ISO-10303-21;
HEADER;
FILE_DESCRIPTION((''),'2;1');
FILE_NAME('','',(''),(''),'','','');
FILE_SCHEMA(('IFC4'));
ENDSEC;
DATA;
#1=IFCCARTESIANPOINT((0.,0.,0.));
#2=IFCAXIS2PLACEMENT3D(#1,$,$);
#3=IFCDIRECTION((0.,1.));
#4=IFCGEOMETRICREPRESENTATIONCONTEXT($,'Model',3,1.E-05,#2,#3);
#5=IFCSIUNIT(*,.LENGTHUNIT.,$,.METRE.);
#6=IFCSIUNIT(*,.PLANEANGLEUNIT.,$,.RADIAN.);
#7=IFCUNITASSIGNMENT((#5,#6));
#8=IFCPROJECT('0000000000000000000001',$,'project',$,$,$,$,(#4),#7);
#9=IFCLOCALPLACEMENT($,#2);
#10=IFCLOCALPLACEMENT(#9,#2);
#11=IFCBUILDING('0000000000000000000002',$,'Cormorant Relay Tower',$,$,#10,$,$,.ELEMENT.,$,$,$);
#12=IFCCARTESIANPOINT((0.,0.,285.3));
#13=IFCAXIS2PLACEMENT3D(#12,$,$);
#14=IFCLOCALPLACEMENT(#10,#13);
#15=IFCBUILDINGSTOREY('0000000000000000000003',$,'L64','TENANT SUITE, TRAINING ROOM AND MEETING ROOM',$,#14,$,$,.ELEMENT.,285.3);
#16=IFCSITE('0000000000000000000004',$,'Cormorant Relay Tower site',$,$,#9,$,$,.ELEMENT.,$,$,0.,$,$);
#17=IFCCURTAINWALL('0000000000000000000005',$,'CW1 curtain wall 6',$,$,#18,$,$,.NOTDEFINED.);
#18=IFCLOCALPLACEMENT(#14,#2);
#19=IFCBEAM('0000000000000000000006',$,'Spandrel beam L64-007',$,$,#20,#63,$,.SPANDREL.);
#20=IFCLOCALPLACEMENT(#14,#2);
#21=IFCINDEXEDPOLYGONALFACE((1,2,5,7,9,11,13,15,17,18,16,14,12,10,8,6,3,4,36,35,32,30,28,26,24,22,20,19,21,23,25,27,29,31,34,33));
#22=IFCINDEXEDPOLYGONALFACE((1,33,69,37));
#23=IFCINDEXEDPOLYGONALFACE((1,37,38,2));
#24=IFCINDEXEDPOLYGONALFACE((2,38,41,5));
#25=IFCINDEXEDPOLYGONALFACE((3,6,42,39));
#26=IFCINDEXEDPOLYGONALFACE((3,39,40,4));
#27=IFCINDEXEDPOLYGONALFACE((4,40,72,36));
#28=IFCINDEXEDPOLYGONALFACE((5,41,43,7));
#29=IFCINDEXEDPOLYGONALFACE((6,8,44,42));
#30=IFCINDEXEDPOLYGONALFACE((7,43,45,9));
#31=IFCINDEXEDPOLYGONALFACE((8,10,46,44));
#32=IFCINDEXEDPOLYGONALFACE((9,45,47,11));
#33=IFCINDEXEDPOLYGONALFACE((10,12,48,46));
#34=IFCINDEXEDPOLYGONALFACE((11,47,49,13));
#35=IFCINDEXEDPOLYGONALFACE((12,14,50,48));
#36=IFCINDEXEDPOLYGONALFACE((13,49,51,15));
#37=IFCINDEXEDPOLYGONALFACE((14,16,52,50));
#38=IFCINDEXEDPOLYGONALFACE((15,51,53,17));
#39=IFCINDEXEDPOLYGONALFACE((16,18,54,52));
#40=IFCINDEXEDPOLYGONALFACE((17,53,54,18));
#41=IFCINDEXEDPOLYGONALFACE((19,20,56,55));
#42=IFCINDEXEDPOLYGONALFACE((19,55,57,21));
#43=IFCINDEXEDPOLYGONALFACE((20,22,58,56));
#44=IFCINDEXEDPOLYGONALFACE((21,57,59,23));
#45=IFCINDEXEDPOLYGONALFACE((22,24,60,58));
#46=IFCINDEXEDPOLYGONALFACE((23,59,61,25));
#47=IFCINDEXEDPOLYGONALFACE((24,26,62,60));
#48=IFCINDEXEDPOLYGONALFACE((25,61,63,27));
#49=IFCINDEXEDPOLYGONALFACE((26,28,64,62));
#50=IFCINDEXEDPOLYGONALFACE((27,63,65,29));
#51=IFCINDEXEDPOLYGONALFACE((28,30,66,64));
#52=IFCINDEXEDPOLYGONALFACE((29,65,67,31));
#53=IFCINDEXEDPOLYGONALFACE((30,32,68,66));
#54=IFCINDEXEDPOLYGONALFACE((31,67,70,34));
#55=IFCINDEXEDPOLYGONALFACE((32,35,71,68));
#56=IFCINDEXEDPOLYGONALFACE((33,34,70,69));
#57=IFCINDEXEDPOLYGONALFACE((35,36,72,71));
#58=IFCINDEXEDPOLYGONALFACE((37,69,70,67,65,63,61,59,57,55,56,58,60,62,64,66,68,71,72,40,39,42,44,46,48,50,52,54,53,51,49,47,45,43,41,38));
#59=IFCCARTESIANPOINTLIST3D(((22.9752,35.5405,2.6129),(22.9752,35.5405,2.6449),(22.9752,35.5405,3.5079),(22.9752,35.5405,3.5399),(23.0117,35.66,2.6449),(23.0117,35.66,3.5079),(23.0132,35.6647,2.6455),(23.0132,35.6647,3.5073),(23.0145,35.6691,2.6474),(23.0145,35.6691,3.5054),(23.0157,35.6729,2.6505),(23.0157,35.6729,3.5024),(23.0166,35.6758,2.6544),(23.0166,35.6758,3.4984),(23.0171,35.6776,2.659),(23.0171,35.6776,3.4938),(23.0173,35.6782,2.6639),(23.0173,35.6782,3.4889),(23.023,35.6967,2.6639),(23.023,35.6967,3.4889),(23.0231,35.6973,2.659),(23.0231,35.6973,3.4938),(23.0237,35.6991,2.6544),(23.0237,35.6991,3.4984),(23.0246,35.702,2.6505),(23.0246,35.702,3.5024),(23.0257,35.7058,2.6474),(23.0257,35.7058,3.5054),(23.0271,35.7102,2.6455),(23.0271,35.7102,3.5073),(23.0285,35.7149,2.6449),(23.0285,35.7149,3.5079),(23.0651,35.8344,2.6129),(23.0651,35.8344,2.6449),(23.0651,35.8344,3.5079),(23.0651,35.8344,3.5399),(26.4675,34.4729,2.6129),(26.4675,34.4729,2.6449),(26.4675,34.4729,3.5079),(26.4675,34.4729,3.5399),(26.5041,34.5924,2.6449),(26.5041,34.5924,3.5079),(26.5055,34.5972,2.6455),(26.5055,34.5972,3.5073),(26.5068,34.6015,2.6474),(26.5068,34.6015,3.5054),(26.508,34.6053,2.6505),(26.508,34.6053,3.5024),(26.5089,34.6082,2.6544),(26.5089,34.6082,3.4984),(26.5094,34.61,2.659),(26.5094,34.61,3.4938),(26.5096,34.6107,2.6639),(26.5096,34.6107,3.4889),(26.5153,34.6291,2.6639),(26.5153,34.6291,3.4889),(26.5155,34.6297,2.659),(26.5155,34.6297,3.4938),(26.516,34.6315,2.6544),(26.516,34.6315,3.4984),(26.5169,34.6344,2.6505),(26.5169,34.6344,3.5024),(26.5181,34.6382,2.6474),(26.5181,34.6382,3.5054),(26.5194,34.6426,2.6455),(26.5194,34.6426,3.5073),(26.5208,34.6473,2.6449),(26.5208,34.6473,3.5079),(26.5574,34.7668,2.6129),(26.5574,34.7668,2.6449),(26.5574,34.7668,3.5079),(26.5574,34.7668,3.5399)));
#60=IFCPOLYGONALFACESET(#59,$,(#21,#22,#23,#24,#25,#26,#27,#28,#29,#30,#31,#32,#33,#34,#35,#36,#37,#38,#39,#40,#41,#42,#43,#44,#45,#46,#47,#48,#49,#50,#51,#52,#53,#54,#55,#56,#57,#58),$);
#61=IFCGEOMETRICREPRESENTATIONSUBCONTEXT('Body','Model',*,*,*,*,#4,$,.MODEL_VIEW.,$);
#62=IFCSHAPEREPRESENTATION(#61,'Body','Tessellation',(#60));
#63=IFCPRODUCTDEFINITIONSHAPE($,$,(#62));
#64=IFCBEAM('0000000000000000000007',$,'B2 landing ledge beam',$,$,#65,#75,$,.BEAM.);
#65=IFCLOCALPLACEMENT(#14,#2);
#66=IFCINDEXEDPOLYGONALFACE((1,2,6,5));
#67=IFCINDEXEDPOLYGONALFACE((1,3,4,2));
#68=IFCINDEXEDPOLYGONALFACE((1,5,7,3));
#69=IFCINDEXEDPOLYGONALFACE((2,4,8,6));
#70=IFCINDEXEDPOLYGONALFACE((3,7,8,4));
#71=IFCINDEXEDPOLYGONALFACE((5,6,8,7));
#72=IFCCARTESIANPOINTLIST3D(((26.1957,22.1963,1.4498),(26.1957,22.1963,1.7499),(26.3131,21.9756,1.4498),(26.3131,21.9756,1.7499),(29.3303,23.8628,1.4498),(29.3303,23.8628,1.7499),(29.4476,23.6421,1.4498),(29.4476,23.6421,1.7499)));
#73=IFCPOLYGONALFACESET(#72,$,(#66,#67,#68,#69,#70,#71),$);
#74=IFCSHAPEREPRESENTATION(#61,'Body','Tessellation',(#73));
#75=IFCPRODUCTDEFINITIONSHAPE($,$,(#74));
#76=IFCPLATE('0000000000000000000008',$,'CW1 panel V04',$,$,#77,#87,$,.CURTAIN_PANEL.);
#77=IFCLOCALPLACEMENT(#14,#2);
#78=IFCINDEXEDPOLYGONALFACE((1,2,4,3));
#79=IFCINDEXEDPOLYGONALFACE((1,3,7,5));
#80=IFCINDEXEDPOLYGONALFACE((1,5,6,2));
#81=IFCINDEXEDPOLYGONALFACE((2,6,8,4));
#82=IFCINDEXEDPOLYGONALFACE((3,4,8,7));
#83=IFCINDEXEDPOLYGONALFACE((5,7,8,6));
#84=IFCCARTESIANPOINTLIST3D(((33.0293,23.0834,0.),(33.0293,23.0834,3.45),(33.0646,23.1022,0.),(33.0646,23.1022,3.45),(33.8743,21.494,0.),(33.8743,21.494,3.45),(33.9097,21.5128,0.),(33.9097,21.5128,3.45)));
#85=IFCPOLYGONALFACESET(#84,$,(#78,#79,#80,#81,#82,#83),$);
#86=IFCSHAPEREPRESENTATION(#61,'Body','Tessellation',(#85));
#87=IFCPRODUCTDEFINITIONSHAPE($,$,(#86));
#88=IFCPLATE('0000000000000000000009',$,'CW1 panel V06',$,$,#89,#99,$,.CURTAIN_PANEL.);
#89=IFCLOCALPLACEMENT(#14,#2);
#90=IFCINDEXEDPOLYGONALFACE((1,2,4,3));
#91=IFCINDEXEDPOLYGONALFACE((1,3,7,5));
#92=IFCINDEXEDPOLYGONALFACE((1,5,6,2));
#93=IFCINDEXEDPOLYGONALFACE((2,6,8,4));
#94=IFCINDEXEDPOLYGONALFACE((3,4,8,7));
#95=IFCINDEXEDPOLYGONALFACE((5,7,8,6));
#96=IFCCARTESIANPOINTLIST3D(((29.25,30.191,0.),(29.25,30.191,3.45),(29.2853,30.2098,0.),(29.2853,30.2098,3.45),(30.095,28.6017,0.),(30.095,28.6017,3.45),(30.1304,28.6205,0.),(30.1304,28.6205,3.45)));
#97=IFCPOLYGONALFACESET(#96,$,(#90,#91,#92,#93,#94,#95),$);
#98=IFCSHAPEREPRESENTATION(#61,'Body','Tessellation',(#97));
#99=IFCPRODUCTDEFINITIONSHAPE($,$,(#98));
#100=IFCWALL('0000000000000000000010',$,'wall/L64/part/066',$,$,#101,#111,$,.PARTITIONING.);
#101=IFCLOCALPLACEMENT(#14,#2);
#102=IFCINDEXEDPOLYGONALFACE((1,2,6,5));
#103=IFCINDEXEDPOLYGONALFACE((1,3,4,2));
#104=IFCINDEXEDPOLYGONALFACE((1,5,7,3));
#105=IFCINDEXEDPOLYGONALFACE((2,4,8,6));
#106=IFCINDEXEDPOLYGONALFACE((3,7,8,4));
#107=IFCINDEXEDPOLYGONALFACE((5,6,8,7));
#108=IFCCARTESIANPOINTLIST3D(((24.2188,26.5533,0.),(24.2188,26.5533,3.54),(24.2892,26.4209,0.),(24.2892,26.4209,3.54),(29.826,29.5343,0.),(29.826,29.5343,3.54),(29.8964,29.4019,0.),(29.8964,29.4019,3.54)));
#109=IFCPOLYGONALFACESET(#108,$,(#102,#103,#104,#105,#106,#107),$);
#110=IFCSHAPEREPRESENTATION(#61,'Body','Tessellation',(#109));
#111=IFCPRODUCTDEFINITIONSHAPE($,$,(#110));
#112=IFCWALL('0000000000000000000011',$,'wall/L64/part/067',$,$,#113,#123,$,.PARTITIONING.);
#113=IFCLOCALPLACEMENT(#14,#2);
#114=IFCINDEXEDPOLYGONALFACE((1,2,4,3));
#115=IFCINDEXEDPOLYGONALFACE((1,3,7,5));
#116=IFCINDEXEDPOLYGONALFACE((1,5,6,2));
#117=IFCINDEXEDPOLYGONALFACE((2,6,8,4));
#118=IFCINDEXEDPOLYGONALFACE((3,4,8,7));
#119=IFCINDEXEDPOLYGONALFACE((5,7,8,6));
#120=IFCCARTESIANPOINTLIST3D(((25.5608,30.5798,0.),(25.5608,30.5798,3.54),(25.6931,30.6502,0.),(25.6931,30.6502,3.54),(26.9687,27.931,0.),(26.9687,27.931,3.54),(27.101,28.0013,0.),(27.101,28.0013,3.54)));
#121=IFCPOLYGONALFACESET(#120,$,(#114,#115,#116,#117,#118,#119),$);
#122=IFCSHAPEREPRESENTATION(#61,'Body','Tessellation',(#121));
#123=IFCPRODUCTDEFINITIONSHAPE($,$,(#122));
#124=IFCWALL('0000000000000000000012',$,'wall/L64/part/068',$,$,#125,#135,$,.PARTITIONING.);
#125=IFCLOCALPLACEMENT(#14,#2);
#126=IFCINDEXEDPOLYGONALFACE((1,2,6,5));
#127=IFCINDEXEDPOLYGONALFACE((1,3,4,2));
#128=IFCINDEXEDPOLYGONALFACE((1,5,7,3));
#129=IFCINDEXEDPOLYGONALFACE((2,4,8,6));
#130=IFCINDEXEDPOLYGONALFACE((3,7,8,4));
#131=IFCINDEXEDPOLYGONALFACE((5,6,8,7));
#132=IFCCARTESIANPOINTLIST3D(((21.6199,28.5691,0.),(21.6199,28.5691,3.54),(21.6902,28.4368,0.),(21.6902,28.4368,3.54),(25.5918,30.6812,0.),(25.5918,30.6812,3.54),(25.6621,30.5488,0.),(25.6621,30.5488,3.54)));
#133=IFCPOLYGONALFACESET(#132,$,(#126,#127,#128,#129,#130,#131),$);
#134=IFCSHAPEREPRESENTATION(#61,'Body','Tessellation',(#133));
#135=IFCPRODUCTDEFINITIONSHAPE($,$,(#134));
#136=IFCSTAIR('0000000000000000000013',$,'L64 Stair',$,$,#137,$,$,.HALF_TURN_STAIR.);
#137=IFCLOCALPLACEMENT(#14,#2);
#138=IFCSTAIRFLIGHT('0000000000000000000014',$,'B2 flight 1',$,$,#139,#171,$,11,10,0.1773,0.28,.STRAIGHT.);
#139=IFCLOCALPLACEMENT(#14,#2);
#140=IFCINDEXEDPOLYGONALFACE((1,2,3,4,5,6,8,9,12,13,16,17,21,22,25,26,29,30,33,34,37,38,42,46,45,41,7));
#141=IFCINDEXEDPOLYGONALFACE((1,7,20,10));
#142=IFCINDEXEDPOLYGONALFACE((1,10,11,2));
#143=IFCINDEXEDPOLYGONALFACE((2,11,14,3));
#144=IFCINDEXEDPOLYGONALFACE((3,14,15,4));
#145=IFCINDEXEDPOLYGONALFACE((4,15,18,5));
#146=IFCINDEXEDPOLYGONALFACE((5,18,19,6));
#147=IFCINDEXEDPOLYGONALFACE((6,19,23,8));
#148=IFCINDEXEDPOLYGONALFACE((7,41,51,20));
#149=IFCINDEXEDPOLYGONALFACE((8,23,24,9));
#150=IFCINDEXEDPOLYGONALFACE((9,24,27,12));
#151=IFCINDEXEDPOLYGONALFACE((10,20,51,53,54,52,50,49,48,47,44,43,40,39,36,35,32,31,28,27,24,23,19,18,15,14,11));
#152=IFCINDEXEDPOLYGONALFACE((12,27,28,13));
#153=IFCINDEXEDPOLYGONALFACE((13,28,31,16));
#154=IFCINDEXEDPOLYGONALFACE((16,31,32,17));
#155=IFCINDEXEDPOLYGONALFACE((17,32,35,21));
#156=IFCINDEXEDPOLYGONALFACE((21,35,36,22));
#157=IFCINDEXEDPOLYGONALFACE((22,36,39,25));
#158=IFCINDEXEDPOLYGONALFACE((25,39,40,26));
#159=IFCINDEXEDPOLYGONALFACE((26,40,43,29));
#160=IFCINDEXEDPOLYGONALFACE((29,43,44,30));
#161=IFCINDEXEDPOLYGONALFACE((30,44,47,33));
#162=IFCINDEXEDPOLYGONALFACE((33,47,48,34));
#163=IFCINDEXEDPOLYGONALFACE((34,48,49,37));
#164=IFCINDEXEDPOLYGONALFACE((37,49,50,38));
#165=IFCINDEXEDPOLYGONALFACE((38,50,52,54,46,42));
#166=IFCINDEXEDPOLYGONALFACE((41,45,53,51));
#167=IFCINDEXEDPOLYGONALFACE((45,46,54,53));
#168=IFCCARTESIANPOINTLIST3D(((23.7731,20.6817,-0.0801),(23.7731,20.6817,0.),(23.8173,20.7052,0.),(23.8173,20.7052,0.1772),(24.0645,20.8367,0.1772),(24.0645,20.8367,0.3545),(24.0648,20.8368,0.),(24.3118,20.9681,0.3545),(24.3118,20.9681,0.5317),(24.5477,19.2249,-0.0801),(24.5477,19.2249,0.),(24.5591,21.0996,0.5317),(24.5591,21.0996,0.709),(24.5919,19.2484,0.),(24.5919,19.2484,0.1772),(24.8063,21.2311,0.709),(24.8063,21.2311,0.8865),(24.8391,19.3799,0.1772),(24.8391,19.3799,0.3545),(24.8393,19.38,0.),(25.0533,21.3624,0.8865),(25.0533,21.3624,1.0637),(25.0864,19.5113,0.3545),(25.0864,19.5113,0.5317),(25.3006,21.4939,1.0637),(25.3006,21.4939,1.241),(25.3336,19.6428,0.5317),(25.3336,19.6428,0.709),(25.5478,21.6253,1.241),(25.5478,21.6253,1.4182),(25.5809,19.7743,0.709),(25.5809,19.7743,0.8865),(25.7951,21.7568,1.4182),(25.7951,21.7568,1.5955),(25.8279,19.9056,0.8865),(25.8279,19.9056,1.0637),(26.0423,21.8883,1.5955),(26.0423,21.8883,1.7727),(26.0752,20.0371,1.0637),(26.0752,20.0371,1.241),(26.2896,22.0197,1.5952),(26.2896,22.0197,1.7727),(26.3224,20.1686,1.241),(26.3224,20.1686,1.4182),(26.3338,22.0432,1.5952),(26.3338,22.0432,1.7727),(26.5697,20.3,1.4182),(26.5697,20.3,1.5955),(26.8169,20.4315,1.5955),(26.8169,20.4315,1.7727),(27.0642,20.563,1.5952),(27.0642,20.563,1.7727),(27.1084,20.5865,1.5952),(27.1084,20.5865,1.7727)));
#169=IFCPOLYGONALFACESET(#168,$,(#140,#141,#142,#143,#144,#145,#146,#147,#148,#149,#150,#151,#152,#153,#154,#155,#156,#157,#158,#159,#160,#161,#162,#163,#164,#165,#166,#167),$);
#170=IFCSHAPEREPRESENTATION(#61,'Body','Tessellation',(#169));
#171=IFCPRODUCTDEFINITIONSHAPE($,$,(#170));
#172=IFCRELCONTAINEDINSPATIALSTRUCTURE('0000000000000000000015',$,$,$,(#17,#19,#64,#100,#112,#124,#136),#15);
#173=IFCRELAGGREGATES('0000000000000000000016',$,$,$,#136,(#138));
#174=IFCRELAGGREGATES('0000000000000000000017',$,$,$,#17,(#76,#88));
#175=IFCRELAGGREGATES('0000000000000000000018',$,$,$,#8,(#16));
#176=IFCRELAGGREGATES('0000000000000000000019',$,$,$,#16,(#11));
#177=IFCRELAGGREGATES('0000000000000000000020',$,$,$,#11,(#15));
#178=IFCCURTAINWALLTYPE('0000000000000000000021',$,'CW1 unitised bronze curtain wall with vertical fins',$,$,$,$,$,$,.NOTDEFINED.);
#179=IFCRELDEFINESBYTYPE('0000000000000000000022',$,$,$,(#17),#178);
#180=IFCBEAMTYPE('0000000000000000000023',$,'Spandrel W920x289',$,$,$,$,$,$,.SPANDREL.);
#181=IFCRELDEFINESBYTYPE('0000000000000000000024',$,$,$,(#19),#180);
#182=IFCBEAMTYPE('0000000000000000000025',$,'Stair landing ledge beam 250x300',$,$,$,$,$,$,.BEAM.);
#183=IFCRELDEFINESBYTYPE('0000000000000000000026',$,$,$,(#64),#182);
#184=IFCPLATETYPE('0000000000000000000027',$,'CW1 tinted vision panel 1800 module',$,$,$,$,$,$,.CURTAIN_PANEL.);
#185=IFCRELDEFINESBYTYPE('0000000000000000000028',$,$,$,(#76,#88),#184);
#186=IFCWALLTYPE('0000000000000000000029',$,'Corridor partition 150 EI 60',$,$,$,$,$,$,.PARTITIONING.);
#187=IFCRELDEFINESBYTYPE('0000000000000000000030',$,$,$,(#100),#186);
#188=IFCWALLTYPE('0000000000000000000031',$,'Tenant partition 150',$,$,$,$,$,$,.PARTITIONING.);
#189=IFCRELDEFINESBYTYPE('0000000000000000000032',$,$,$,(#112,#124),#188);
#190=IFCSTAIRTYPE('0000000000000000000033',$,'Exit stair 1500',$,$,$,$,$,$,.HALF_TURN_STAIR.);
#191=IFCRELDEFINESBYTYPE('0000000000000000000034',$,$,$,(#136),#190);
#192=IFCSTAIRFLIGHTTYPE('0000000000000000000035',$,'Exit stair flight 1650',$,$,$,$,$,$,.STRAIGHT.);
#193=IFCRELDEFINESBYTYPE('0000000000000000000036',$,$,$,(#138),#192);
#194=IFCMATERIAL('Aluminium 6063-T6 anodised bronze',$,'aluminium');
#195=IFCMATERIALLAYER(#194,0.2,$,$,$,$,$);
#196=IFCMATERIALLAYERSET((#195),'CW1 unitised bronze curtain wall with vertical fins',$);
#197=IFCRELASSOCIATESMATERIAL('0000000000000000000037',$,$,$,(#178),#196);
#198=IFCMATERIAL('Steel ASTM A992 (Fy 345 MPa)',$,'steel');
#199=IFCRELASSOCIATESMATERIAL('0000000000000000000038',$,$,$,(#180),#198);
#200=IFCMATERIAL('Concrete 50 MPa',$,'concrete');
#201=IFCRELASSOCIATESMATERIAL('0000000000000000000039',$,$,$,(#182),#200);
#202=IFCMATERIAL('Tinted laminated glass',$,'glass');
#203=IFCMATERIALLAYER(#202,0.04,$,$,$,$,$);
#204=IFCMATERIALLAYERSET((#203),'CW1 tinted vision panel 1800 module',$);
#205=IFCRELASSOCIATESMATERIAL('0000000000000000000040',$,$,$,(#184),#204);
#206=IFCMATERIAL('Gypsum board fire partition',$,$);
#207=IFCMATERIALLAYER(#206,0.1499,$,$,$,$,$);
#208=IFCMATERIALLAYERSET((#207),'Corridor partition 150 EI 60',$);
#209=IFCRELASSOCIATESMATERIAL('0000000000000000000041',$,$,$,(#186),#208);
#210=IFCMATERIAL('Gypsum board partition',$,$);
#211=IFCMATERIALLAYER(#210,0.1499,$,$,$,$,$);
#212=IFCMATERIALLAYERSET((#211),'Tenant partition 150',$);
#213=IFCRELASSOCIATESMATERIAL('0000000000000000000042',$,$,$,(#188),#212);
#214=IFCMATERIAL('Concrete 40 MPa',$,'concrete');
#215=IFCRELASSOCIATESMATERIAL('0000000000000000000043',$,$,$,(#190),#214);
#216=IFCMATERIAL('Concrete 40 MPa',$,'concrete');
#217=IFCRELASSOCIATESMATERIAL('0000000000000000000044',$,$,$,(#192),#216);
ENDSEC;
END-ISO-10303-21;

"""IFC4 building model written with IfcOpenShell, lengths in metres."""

from ifc_helpers import new_model, si_unit, direction, frame, frame_2d, origin, origin_2d, place, context, subcontext, project, spatial, polyline, rectangle, i_section, outline, extrude, material, layer, layer_set, material_profile, profile_set, type_object, element, aggregate, save


model = new_model("IFC4")

# Units and contexts
model_context = context("Model", 3, precision=1e-05, world=origin(), true_north=direction((0.0, 1.0)))
body_context = subcontext(model_context, "Body", "Model", "MODEL_VIEW")
ifc_project = project(units=[si_unit("LENGTHUNIT", "METRE"), si_unit("PLANEANGLEUNIT", "RADIAN")], contexts=[model_context])

# Site, building, storey
site_placement = place(None, origin())
site = spatial("IfcSite", under=ifc_project, at=site_placement, Name="Cormorant Relay Tower site", CompositionType="ELEMENT", RefElevation=0.0)
building_placement = place(site_placement, origin())
building = spatial("IfcBuilding", under=site, at=building_placement, Name="Cormorant Relay Tower", CompositionType="ELEMENT")
storey_placement = place(building_placement, frame((0.0, 0.0, 285.3)))
storey = spatial("IfcBuildingStorey", under=building, at=storey_placement, Name="L64", Description="TENANT SUITE, TRAINING ROOM AND MEETING ROOM", CompositionType="ELEMENT", Elevation=285.3)

# Curtain wall
ifc_material_1 = material(Name="Aluminium 6063-T6 anodised bronze", Category="aluminium")
ifc_layer_1 = layer(ifc_material_1, 0.2)
ifc_layer_set_1 = layer_set([ifc_layer_1], Name="CW1 unitised bronze curtain wall with vertical fins")
curtain_wall_type = type_object("IfcCurtainWallType", Name="CW1 unitised bronze curtain wall with vertical fins", PredefinedType="NOTDEFINED", material=ifc_layer_set_1)
curtain_wall_1_placement = place(storey_placement, origin())
curtain_wall_1 = element("IfcCurtainWall", 1, at=curtain_wall_1_placement, inside=storey, type_object=curtain_wall_type, Name="CW1 curtain wall 6", PredefinedType="NOTDEFINED")

# Beams
ifc_material_2 = material(Name="Steel ASTM A992 (Fy 345 MPa)", Category="steel")
ifc_material_profile_1 = material_profile(ifc_material_2, i_section(OverallWidth=0.3074, OverallDepth=0.927, WebThickness=0.0193, FlangeThickness=0.032, FilletRadius=0.019, at=origin_2d()), Name="W920x289")
ifc_profile_set_1 = profile_set([ifc_material_profile_1], Name="Steel ASTM A992 (Fy 345 MPa)")
beam_type_1 = type_object("IfcBeamType", Name="Spandrel W920x289", PredefinedType="SPANDREL", material=ifc_profile_set_1)
beam_1_placement = place(storey_placement, frame((26.5125, 34.6199, 3.0764), z_axis=(-0.956314, 0.292343, 0.0), x_axis=(-0.292343, -0.956314, 0.0)))
element("IfcBeam", 2, at=beam_1_placement, inside=storey, type_object=beam_type_1, Name="Spandrel beam L64-007", PredefinedType="SPANDREL", context=body_context, shape_type="SweptSolid", body=[
    extrude(i_section(OverallWidth=0.3074, OverallDepth=0.927, WebThickness=0.0193, FlangeThickness=0.032, FilletRadius=0.019, at=origin_2d()), origin(), (0.0, 0.0, 1.0), 3.6519),
])
ifc_material_3 = material(Name="Concrete 50 MPa", Category="concrete")
ifc_material_profile_2 = material_profile(ifc_material_3, rectangle(XDim=0.25, YDim=0.3, at=origin_2d()), Name="RC 250x300")
ifc_profile_set_2 = profile_set([ifc_material_profile_2], Name="Concrete 50 MPa")
beam_type_2 = type_object("IfcBeamType", Name="Stair landing ledge beam 250x300", PredefinedType="BEAM", material=ifc_profile_set_2)
beam_2_placement = place(storey_placement, frame((26.2544, 22.0859, 1.5999), z_axis=(0.882965, 0.469438, 0.0), x_axis=(-0.469438, 0.882965, 0.0)))
element("IfcBeam", 3, at=beam_2_placement, inside=storey, type_object=beam_type_2, Name="B2 landing ledge beam", PredefinedType="BEAM", context=body_context, shape_type="SweptSolid", body=[
    extrude(rectangle(XDim=0.25, YDim=0.3, at=origin_2d()), origin(), (0.0, 0.0, 1.0), 3.55),
])

# Plates
ifc_material_4 = material(Name="Tinted laminated glass", Category="glass")
ifc_layer_2 = layer(ifc_material_4, 0.04)
ifc_layer_set_2 = layer_set([ifc_layer_2], Name="CW1 tinted vision panel 1800 module")
plate_type = type_object("IfcPlateType", Name="CW1 tinted vision panel 1800 module", PredefinedType="CURTAIN_PANEL", material=ifc_layer_set_2)
plate_1_placement = place(storey_placement, frame((33.4695, 22.2981, 0.0), z_axis=(0.0, 0.0, 1.0), x_axis=(-0.469472, 0.882948, 0.0)))
plate_1 = element("IfcPlate", 4, at=plate_1_placement, type_object=plate_type, Name="CW1 panel V04", PredefinedType="CURTAIN_PANEL", context=body_context, shape_type="SweptSolid", body=[
    extrude(rectangle(XDim=1.8, YDim=0.04, at=origin_2d()), origin(), (0.0, 0.0, 1.0), 3.45),
])
plate_2_placement = place(storey_placement, frame((29.6902, 29.4058, 0.0), z_axis=(0.0, 0.0, 1.0), x_axis=(-0.469472, 0.882948, 0.0)))
plate_2 = element("IfcPlate", 5, at=plate_2_placement, type_object=plate_type, Name="CW1 panel V06", PredefinedType="CURTAIN_PANEL", context=body_context, shape_type="SweptSolid", body=[
    extrude(rectangle(XDim=1.8, YDim=0.04, at=origin_2d()), origin(), (0.0, 0.0, 1.0), 3.45),
])

# Walls
ifc_material_5 = material(Name="Gypsum board fire partition")
ifc_layer_3 = layer(ifc_material_5, 0.1499)
ifc_layer_set_3 = layer_set([ifc_layer_3], Name="Corridor partition 150 EI 60")
wall_type_1 = type_object("IfcWallType", Name="Corridor partition 150 EI 60", PredefinedType="PARTITIONING", material=ifc_layer_set_3)
wall_1_placement = place(storey_placement, frame((24.2539, 26.4871, 0.0), z_axis=(0.0, 0.0, 1.0), x_axis=(0.882976, 0.469418, 0.0)))
element("IfcWall", 6, at=wall_1_placement, inside=storey, type_object=wall_type_1, Name="wall/L64/part/066", PredefinedType="PARTITIONING", context=body_context, shape_type="SweptSolid", body=[
    extrude(rectangle(XDim=6.3503, YDim=0.1499, at=frame_2d((3.1753, 0.0))), origin(), (0.0, 0.0, 1.0), 3.54),
])
ifc_material_6 = material(Name="Gypsum board partition")
ifc_layer_4 = layer(ifc_material_6, 0.1499)
ifc_layer_set_4 = layer_set([ifc_layer_4], Name="Tenant partition 150")
wall_type_2 = type_object("IfcWallType", Name="Tenant partition 150", PredefinedType="PARTITIONING", material=ifc_layer_set_4)
wall_2_placement = place(storey_placement, frame((27.0349, 27.9661, 0.0), z_axis=(0.0, 0.0, 1.0), x_axis=(-0.469342, 0.883017, 0.0)))
element("IfcWall", 7, at=wall_2_placement, inside=storey, type_object=wall_type_2, Name="wall/L64/part/067", PredefinedType="PARTITIONING", context=body_context, shape_type="SweptSolid", body=[
    extrude(rectangle(XDim=2.9998, YDim=0.1499, at=frame_2d((1.5, 0.0))), origin(), (0.0, 0.0, 1.0), 3.54),
])
wall_3_placement = place(storey_placement, frame((25.627, 30.615, 0.0), z_axis=(0.0, 0.0, 1.0), x_axis=(-0.882934, -0.469498, 0.0)))
element("IfcWall", 8, at=wall_3_placement, inside=storey, type_object=wall_type_2, Name="wall/L64/part/068", PredefinedType="PARTITIONING", context=body_context, shape_type="SweptSolid", body=[
    extrude(rectangle(XDim=4.4985, YDim=0.1499, at=frame_2d((2.2493, 0.0))), origin(), (0.0, 0.0, 1.0), 3.54),
])

# Stair, stair flight
ifc_material_7 = material(Name="Concrete 40 MPa", Category="concrete")
stair_type = type_object("IfcStairType", Name="Exit stair 1500", PredefinedType="HALF_TURN_STAIR", material=ifc_material_7)
stair_placement = place(storey_placement, origin())
stair = element("IfcStair", 9, at=stair_placement, inside=storey, type_object=stair_type, Name="L64 Stair", PredefinedType="HALF_TURN_STAIR")
ifc_material_8 = material(Name="Concrete 40 MPa", Category="concrete")
stair_flight_type = type_object("IfcStairFlightType", Name="Exit stair flight 1650", PredefinedType="STRAIGHT", material=ifc_material_8)
stair_flight_1_placement = place(storey_placement, frame((24.2046, 19.9768, 0.0), z_axis=(0.0, 0.0, 1.0), x_axis=(0.882948, 0.469472, 0.0)))
stair_flight_1 = element("IfcStairFlight", 10, at=stair_flight_1_placement, type_object=stair_flight_type, Name="B2 flight 1", NumberOfRisers=11, NumberOfTreads=10, PredefinedType="STRAIGHT", RiserHeight=0.1773, TreadLength=0.28, context=body_context, shape_type="SweptSolid", body=[
    extrude(outline(polyline([(-0.05, -0.0801), (-0.05, 0.0), (0.0, 0.0), (0.0, 0.1772), (0.28, 0.1772), (0.28, 0.3545), (0.5601, 0.3545), (0.5601, 0.5317), (0.8401, 0.5317), (0.8401, 0.709), (1.1201, 0.709), (1.1201, 0.8865), (1.3999, 0.8865), (1.3999, 1.0637), (1.6799, 1.0637), (1.6799, 1.241), (1.96, 1.241), (1.96, 1.4182), (2.24, 1.4182), (2.24, 1.5955), (2.52, 1.5955), (2.52, 1.7727), (2.8, 1.7727), (2.8501, 1.7727), (2.8501, 1.5952), (2.8, 1.5952), (0.2803, 0.0), (-0.05, -0.0801)])), frame((0.0, 0.825, 0.0), z_axis=(0.0, -1.0, 0.0), x_axis=(1.0, 0.0, 0.0)), (0.0, 0.0, 1.0), 1.6499),
])
aggregate(stair, [stair_flight_1])

aggregate(curtain_wall_1, [plate_1, plate_2])

save(model, "model.ifc")
